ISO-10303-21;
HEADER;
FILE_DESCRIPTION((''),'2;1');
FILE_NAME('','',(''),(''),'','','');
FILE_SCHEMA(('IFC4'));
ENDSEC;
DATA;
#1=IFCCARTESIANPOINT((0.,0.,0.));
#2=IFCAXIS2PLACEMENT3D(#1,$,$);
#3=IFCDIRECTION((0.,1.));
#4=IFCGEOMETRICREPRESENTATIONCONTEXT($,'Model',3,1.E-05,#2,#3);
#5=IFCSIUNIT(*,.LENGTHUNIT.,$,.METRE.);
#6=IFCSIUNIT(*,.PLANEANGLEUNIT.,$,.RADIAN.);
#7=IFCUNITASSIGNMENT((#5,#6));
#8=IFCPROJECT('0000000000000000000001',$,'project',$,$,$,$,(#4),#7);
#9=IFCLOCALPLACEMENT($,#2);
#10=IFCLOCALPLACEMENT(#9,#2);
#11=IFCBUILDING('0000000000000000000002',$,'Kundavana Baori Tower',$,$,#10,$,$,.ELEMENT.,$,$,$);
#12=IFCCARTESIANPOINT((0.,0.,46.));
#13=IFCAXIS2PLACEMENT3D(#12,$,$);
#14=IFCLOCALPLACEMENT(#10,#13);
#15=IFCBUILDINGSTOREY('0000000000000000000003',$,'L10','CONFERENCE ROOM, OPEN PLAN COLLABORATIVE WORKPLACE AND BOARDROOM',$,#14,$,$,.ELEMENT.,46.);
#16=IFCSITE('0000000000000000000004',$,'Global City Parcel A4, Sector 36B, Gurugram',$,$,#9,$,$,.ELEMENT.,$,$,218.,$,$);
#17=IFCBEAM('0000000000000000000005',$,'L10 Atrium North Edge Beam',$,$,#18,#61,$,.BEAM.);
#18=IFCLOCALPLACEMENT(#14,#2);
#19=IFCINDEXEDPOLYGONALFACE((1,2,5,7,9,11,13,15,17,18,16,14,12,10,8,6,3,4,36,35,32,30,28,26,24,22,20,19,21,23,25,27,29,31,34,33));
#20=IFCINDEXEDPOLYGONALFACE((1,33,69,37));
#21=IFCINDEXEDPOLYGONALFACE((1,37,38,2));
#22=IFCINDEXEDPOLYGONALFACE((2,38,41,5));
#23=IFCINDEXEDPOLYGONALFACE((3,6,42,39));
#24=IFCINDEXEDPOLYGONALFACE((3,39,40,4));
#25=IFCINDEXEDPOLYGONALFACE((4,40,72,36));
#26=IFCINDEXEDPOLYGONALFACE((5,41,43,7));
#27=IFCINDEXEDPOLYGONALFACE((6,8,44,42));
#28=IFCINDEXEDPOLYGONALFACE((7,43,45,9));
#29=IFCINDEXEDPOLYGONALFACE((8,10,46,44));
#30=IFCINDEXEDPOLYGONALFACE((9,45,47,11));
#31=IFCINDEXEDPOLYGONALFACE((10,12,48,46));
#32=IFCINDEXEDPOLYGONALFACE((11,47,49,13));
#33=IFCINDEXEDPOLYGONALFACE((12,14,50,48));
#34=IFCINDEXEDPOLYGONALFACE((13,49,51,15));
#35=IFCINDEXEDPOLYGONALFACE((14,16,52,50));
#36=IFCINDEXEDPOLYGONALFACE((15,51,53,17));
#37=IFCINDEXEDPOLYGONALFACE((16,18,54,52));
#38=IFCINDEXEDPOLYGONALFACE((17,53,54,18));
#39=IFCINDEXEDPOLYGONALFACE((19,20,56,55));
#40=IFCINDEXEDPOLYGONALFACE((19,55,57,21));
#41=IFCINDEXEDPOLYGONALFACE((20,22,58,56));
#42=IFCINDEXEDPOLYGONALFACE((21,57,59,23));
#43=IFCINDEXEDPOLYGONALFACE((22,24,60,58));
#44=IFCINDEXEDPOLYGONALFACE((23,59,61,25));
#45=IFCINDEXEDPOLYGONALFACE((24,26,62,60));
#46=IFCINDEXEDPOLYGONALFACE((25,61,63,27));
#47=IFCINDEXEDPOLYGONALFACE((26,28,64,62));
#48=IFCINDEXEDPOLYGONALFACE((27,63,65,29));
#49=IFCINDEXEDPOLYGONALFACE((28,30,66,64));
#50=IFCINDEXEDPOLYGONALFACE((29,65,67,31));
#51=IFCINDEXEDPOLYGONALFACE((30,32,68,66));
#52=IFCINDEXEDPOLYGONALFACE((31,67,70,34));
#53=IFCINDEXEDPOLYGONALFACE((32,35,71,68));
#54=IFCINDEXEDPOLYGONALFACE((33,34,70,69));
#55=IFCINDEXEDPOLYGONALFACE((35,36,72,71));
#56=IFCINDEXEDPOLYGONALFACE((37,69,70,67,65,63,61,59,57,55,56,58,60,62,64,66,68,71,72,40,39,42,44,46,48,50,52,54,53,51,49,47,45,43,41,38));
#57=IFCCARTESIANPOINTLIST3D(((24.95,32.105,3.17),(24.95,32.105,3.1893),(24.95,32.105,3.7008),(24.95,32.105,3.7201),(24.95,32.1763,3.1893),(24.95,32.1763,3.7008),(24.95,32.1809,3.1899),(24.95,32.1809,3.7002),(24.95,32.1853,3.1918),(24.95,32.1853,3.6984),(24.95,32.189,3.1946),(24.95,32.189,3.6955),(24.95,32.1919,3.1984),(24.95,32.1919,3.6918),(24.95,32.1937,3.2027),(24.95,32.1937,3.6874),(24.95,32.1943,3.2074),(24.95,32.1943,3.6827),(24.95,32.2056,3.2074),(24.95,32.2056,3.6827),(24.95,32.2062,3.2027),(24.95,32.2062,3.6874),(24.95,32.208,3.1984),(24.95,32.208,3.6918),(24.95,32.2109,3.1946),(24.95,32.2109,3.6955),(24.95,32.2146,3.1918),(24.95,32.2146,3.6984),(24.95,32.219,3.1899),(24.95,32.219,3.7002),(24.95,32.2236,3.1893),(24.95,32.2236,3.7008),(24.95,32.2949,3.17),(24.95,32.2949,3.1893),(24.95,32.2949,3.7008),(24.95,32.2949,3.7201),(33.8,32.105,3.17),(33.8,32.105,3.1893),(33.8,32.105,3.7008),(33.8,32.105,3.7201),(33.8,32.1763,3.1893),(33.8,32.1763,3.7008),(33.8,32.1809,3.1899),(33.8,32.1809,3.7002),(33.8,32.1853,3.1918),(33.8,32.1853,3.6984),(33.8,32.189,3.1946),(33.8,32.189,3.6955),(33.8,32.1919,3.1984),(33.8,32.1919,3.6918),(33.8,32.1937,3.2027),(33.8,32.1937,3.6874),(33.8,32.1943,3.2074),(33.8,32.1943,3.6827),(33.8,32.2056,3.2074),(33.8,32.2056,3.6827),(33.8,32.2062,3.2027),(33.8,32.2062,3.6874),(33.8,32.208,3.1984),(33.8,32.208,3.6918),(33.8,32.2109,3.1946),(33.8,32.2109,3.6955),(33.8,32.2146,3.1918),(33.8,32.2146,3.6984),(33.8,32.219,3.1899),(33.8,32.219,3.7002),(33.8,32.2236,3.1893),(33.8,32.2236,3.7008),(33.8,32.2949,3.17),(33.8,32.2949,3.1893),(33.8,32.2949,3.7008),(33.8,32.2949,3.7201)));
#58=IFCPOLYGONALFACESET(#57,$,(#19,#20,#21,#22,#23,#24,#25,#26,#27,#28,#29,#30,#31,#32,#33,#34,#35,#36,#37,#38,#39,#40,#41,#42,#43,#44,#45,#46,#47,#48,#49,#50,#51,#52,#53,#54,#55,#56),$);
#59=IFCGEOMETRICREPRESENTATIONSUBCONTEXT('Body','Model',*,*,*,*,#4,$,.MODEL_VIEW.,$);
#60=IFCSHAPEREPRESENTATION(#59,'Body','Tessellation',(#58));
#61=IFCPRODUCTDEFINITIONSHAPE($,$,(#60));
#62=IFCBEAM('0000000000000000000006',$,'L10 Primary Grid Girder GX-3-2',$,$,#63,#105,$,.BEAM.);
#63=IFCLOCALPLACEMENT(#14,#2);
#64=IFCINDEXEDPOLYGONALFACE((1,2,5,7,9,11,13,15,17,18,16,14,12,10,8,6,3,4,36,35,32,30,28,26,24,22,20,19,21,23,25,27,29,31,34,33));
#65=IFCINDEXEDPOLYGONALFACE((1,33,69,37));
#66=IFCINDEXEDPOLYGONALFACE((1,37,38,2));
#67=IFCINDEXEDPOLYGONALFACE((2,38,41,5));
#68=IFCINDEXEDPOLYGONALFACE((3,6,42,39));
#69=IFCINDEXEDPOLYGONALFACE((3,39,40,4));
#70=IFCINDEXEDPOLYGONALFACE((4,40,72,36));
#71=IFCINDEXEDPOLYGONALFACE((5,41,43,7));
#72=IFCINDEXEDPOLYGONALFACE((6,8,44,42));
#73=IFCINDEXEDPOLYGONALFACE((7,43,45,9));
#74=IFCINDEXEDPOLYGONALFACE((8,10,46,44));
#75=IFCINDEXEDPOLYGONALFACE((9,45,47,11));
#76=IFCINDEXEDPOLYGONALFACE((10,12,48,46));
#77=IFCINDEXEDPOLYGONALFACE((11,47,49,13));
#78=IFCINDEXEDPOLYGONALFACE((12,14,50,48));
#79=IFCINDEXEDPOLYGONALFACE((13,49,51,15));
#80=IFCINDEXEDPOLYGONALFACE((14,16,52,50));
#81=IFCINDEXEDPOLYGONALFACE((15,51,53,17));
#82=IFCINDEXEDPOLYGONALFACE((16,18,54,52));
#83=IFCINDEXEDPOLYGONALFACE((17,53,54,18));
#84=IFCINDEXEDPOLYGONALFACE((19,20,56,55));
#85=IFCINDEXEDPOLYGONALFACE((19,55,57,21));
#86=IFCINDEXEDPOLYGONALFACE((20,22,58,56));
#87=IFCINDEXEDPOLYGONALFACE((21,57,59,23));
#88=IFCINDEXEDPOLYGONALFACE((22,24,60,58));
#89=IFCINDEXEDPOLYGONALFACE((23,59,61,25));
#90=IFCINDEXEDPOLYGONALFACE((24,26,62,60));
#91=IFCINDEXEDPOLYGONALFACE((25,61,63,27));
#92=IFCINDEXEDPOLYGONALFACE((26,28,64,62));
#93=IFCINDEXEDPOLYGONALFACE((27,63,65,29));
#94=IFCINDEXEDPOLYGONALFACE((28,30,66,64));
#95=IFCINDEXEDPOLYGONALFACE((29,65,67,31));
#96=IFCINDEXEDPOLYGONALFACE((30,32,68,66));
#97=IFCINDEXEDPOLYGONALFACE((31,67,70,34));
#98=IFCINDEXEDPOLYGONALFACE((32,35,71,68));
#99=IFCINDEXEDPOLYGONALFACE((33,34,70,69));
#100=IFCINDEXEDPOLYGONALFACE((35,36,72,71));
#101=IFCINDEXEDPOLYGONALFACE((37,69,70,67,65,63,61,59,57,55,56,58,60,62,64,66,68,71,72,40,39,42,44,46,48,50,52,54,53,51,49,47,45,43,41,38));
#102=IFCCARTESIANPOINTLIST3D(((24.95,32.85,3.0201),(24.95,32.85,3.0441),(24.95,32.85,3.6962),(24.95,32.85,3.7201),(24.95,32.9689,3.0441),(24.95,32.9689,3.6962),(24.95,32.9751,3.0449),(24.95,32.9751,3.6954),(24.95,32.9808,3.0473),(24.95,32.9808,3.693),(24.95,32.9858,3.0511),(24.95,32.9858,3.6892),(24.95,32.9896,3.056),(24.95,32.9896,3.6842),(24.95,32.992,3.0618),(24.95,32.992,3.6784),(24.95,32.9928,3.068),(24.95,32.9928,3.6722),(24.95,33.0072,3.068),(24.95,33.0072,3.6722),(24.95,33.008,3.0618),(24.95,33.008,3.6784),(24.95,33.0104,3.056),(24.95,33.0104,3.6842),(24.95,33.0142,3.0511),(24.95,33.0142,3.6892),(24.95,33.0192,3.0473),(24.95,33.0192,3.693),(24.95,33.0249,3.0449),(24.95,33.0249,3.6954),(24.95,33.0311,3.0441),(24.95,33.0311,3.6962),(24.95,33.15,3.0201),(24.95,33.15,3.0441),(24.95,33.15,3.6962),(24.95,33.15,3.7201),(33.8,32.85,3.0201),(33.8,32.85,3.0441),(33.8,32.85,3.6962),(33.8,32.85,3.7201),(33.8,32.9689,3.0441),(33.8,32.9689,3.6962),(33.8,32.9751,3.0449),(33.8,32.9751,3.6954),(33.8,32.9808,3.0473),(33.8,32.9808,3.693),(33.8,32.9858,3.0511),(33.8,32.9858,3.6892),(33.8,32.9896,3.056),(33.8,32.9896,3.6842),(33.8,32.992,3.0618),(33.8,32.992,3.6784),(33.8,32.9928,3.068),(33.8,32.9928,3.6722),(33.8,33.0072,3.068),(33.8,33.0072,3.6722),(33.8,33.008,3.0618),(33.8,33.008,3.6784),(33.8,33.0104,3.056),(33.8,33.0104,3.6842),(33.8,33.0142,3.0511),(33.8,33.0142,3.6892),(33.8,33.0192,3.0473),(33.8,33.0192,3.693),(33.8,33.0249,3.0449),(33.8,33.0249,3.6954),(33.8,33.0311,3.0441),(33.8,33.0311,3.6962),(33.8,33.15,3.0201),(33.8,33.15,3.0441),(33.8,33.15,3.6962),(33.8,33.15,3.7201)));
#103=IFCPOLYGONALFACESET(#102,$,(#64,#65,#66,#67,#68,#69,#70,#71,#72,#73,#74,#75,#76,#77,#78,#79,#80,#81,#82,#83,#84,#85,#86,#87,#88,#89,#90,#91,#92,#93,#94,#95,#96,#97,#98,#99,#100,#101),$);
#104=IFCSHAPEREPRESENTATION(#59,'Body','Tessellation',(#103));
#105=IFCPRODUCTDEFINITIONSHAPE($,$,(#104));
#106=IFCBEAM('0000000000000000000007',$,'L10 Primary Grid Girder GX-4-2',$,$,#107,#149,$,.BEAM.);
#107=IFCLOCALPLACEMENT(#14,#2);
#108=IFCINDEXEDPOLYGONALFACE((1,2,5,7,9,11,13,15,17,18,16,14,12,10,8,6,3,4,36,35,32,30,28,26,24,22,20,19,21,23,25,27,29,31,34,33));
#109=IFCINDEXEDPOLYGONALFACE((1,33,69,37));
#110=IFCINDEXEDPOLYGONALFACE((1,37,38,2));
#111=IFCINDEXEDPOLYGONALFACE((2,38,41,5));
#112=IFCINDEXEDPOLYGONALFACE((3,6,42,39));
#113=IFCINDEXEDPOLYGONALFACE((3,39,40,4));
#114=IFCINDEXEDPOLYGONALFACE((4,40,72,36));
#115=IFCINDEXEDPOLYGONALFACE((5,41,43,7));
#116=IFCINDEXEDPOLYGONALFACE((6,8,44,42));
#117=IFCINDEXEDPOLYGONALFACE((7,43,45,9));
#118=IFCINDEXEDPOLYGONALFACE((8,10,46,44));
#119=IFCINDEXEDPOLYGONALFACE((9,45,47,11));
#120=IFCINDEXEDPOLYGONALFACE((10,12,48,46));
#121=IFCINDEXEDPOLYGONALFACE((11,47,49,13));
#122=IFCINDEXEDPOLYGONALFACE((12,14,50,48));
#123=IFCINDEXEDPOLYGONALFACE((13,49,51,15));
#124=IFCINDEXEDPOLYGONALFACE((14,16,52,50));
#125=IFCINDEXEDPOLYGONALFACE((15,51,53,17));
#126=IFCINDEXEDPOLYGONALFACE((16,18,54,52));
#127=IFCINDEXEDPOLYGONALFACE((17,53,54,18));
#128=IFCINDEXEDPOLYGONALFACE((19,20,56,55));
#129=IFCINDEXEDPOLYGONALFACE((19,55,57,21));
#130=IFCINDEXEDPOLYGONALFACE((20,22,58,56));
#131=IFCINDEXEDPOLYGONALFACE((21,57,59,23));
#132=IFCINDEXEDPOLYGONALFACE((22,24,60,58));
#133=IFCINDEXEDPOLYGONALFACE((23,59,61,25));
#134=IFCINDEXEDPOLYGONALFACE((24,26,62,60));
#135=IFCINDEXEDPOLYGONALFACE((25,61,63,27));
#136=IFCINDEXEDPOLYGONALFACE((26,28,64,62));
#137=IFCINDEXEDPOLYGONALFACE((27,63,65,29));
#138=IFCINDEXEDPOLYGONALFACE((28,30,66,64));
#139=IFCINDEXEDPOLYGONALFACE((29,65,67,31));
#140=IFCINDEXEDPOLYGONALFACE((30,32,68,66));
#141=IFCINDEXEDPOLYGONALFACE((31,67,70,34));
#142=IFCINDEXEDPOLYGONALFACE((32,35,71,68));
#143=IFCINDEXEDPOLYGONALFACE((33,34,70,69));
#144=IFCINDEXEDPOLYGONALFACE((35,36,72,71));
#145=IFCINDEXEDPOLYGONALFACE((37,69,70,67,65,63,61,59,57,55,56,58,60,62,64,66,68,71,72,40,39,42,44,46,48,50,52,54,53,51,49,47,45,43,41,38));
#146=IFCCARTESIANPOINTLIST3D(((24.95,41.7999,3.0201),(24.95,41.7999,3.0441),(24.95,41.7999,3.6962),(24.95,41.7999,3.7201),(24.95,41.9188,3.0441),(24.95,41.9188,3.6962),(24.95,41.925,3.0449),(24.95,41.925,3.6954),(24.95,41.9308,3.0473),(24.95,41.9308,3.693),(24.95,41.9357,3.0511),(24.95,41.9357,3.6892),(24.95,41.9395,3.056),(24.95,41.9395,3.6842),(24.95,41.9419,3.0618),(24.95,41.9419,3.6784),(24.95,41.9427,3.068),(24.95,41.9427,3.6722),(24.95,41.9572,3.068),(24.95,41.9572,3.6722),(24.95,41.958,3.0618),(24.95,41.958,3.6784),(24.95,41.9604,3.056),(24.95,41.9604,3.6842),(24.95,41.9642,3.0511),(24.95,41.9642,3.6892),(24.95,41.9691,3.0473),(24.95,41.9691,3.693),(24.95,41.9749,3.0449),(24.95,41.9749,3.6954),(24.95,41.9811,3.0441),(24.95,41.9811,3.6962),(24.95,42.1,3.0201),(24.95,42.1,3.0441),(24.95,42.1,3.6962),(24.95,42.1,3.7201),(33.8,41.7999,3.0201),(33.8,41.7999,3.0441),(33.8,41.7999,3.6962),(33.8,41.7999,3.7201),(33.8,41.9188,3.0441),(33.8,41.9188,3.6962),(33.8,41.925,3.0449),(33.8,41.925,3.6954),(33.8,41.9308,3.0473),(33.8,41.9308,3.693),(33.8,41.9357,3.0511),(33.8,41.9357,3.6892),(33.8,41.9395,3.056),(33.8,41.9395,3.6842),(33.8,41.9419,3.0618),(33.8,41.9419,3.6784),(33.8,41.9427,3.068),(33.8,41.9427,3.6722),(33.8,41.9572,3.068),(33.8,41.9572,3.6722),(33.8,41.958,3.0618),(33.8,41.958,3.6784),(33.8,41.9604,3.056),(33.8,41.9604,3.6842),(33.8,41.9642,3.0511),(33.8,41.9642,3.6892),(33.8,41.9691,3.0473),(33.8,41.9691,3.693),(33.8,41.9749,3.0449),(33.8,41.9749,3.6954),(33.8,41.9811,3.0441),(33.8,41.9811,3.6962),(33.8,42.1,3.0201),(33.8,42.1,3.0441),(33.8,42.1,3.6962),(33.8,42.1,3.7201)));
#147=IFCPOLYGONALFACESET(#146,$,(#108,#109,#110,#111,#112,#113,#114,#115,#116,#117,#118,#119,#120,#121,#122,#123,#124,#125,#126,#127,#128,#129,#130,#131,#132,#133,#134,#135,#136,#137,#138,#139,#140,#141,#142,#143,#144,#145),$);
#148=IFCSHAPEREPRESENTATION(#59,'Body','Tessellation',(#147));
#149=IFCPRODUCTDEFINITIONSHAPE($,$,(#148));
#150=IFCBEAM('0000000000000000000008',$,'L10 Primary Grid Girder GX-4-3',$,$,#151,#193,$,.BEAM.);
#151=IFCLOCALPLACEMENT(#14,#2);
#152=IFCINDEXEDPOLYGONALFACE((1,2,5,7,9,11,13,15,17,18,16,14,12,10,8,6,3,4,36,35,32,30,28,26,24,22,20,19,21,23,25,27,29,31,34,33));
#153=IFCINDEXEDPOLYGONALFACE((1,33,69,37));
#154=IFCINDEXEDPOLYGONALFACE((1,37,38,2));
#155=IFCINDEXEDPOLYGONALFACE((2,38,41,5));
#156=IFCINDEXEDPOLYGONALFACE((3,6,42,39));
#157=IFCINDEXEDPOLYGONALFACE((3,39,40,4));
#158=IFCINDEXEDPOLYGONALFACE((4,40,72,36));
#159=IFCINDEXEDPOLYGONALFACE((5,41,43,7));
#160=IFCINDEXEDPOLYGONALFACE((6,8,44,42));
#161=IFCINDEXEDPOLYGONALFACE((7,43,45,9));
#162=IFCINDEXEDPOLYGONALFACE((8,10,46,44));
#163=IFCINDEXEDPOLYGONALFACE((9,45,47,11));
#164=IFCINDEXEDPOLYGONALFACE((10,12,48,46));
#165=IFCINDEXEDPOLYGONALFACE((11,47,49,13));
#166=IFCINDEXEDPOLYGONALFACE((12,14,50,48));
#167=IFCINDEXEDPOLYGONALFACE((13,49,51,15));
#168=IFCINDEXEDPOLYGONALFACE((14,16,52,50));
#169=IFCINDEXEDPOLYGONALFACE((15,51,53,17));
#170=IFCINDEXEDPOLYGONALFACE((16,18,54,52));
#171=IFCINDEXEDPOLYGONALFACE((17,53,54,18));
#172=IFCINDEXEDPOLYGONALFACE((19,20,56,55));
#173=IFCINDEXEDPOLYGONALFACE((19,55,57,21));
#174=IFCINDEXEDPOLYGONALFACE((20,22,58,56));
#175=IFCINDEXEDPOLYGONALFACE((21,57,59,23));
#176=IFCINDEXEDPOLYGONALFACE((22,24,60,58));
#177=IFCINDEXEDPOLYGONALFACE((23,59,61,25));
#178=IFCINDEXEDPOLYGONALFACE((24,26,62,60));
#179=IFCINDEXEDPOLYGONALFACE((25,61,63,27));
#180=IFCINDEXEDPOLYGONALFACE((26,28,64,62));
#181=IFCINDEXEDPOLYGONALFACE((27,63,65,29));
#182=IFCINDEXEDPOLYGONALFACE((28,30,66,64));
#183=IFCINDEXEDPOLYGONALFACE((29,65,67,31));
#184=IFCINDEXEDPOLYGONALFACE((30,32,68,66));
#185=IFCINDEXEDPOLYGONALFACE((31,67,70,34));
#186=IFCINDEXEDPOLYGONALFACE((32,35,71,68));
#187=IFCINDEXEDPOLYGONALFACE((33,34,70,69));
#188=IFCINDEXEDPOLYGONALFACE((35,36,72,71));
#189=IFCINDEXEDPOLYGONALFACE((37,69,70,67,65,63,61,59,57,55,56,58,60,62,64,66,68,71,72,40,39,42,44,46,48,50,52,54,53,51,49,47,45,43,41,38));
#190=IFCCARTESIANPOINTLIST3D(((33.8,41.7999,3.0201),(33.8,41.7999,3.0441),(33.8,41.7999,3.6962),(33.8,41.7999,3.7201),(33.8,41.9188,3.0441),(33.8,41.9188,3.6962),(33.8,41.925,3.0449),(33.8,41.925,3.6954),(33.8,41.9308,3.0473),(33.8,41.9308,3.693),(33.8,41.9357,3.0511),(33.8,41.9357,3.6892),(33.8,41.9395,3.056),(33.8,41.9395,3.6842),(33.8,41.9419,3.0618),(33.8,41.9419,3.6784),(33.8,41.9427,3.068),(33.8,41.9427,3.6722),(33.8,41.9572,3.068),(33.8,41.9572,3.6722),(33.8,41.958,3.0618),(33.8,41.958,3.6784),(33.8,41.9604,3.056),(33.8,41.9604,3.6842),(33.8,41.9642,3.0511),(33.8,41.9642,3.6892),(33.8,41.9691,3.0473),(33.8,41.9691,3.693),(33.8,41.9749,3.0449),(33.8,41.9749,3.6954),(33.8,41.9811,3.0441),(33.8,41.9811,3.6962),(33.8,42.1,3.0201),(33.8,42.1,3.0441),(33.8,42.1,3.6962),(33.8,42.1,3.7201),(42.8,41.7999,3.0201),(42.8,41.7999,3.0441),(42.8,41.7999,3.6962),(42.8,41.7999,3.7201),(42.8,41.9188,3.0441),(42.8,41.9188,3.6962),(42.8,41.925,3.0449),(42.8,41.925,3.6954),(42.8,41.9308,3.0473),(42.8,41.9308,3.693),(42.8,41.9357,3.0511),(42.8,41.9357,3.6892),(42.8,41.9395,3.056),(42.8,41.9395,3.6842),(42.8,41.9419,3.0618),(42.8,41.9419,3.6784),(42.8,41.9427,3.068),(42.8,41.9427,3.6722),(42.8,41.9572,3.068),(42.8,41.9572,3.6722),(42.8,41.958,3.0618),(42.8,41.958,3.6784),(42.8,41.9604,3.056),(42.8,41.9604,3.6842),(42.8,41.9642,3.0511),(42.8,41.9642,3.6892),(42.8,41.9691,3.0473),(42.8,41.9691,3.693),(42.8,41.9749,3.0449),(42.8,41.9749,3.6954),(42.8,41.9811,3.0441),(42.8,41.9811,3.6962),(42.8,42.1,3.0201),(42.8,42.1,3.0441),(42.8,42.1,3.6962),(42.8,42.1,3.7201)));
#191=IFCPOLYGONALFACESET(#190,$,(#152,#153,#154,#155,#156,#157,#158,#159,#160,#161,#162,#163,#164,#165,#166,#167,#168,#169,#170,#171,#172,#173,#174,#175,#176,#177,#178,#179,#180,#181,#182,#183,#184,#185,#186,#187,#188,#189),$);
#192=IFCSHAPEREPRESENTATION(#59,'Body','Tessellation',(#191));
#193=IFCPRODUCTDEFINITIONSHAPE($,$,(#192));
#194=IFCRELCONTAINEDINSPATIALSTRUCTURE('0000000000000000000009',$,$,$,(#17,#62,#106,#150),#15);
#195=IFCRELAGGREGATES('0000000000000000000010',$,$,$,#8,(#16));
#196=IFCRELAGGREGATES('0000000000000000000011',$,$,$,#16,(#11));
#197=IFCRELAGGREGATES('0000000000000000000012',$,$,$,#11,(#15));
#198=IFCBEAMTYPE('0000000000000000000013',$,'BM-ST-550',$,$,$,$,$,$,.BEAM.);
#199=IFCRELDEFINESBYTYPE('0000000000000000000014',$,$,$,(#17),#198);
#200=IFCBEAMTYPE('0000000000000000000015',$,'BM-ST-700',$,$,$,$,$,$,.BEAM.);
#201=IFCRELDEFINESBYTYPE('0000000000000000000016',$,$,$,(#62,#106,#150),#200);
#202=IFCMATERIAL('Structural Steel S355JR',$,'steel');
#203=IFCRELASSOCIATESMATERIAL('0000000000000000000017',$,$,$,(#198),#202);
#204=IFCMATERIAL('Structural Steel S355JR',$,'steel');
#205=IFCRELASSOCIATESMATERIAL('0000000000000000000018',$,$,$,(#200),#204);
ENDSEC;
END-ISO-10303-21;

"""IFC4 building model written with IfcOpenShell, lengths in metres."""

from ifc_helpers import new_model, si_unit, direction, frame, origin, origin_2d, place, context, subcontext, project, spatial, i_section, extrude, material, material_profile, profile_set, type_object, element, save


model = new_model("IFC4")

# Units and contexts
model_context = context("Model", 3, precision=1e-05, world=origin(), true_north=direction((0.0, 1.0)))
body_context = subcontext(model_context, "Body", "Model", "MODEL_VIEW")
ifc_project = project(units=[si_unit("LENGTHUNIT", "METRE"), si_unit("PLANEANGLEUNIT", "RADIAN")], contexts=[model_context])

# Site, building, storey
site_placement = place(None, origin())
site = spatial("IfcSite", under=ifc_project, at=site_placement, Name="Global City Parcel A4, Sector 36B, Gurugram", CompositionType="ELEMENT", RefElevation=218.0)
building_placement = place(site_placement, origin())
building = spatial("IfcBuilding", under=site, at=building_placement, Name="Kundavana Baori Tower", CompositionType="ELEMENT")
storey_placement = place(building_placement, frame((0.0, 0.0, 46.0)))
storey = spatial("IfcBuildingStorey", under=building, at=storey_placement, Name="L10", Description="CONFERENCE ROOM, OPEN PLAN COLLABORATIVE WORKPLACE AND BOARDROOM", CompositionType="ELEMENT", Elevation=46.0)

# Beams
ifc_material_1 = material(Name="Structural Steel S355JR", Category="steel")
ifc_material_profile_1 = material_profile(ifc_material_1, i_section(OverallWidth=0.1899, OverallDepth=0.55, WebThickness=0.0112, FlangeThickness=0.0193, FilletRadius=0.0181, at=origin_2d()), Name="ISMB 550")
ifc_profile_set_1 = profile_set([ifc_material_profile_1], Name="Structural Steel S355JR")
beam_type_1 = type_object("IfcBeamType", Name="BM-ST-550", PredefinedType="BEAM", material=ifc_profile_set_1)
beam_1_placement = place(storey_placement, frame((24.95, 32.2, 3.4451), z_axis=(1.0, 0.0, 0.0), x_axis=(0.0, 1.0, 0.0)))
element("IfcBeam", 1, at=beam_1_placement, inside=storey, type_object=beam_type_1, Name="L10 Atrium North Edge Beam", PredefinedType="BEAM", context=body_context, shape_type="SweptSolid", body=[
    extrude(i_section(OverallWidth=0.1899, OverallDepth=0.55, WebThickness=0.0112, FlangeThickness=0.0193, FilletRadius=0.0181, at=origin_2d()), origin(), (0.0, 0.0, 1.0), 8.8501),
])
ifc_material_2 = material(Name="Structural Steel S355JR", Category="steel")
ifc_material_profile_2 = material_profile(ifc_material_2, i_section(OverallWidth=0.3, OverallDepth=0.7, WebThickness=0.0144, FlangeThickness=0.0239, FilletRadius=0.0239, at=origin_2d()), Name="NPB 700x300x170")
ifc_profile_set_2 = profile_set([ifc_material_profile_2], Name="Structural Steel S355JR")
beam_type_2 = type_object("IfcBeamType", Name="BM-ST-700", PredefinedType="BEAM", material=ifc_profile_set_2)
for number, where, z_axis, x_axis, name in (
    (2, (24.95, 33.0, 3.3701), (1.0, 0.0, 0.0), (0.0, 1.0, 0.0), "L10 Primary Grid Girder GX-3-2"),
    (3, (24.95, 41.95, 3.3701), (1.0, 0.0, 0.0), (0.0, 1.0, 0.0), "L10 Primary Grid Girder GX-4-2"),
):
    element("IfcBeam", number, at=place(storey_placement, frame(where, z_axis=z_axis, x_axis=x_axis)), inside=storey, type_object=beam_type_2, Name=name, PredefinedType="BEAM", context=body_context, shape_type="SweptSolid", body=[
        extrude(i_section(OverallWidth=0.3, OverallDepth=0.7, WebThickness=0.0144, FlangeThickness=0.0239, FilletRadius=0.0239, at=origin_2d()), origin(), (0.0, 0.0, 1.0), 8.8501),
    ])
beam_2_placement = place(storey_placement, frame((33.8, 41.95, 3.3701), z_axis=(1.0, 0.0, 0.0), x_axis=(0.0, 1.0, 0.0)))
element("IfcBeam", 4, at=beam_2_placement, inside=storey, type_object=beam_type_2, Name="L10 Primary Grid Girder GX-4-3", PredefinedType="BEAM", context=body_context, shape_type="SweptSolid", body=[
    extrude(i_section(OverallWidth=0.3, OverallDepth=0.7, WebThickness=0.0144, FlangeThickness=0.0239, FilletRadius=0.0239, at=origin_2d()), origin(), (0.0, 0.0, 1.0), 9.0),
])

save(model, "model.ifc")
